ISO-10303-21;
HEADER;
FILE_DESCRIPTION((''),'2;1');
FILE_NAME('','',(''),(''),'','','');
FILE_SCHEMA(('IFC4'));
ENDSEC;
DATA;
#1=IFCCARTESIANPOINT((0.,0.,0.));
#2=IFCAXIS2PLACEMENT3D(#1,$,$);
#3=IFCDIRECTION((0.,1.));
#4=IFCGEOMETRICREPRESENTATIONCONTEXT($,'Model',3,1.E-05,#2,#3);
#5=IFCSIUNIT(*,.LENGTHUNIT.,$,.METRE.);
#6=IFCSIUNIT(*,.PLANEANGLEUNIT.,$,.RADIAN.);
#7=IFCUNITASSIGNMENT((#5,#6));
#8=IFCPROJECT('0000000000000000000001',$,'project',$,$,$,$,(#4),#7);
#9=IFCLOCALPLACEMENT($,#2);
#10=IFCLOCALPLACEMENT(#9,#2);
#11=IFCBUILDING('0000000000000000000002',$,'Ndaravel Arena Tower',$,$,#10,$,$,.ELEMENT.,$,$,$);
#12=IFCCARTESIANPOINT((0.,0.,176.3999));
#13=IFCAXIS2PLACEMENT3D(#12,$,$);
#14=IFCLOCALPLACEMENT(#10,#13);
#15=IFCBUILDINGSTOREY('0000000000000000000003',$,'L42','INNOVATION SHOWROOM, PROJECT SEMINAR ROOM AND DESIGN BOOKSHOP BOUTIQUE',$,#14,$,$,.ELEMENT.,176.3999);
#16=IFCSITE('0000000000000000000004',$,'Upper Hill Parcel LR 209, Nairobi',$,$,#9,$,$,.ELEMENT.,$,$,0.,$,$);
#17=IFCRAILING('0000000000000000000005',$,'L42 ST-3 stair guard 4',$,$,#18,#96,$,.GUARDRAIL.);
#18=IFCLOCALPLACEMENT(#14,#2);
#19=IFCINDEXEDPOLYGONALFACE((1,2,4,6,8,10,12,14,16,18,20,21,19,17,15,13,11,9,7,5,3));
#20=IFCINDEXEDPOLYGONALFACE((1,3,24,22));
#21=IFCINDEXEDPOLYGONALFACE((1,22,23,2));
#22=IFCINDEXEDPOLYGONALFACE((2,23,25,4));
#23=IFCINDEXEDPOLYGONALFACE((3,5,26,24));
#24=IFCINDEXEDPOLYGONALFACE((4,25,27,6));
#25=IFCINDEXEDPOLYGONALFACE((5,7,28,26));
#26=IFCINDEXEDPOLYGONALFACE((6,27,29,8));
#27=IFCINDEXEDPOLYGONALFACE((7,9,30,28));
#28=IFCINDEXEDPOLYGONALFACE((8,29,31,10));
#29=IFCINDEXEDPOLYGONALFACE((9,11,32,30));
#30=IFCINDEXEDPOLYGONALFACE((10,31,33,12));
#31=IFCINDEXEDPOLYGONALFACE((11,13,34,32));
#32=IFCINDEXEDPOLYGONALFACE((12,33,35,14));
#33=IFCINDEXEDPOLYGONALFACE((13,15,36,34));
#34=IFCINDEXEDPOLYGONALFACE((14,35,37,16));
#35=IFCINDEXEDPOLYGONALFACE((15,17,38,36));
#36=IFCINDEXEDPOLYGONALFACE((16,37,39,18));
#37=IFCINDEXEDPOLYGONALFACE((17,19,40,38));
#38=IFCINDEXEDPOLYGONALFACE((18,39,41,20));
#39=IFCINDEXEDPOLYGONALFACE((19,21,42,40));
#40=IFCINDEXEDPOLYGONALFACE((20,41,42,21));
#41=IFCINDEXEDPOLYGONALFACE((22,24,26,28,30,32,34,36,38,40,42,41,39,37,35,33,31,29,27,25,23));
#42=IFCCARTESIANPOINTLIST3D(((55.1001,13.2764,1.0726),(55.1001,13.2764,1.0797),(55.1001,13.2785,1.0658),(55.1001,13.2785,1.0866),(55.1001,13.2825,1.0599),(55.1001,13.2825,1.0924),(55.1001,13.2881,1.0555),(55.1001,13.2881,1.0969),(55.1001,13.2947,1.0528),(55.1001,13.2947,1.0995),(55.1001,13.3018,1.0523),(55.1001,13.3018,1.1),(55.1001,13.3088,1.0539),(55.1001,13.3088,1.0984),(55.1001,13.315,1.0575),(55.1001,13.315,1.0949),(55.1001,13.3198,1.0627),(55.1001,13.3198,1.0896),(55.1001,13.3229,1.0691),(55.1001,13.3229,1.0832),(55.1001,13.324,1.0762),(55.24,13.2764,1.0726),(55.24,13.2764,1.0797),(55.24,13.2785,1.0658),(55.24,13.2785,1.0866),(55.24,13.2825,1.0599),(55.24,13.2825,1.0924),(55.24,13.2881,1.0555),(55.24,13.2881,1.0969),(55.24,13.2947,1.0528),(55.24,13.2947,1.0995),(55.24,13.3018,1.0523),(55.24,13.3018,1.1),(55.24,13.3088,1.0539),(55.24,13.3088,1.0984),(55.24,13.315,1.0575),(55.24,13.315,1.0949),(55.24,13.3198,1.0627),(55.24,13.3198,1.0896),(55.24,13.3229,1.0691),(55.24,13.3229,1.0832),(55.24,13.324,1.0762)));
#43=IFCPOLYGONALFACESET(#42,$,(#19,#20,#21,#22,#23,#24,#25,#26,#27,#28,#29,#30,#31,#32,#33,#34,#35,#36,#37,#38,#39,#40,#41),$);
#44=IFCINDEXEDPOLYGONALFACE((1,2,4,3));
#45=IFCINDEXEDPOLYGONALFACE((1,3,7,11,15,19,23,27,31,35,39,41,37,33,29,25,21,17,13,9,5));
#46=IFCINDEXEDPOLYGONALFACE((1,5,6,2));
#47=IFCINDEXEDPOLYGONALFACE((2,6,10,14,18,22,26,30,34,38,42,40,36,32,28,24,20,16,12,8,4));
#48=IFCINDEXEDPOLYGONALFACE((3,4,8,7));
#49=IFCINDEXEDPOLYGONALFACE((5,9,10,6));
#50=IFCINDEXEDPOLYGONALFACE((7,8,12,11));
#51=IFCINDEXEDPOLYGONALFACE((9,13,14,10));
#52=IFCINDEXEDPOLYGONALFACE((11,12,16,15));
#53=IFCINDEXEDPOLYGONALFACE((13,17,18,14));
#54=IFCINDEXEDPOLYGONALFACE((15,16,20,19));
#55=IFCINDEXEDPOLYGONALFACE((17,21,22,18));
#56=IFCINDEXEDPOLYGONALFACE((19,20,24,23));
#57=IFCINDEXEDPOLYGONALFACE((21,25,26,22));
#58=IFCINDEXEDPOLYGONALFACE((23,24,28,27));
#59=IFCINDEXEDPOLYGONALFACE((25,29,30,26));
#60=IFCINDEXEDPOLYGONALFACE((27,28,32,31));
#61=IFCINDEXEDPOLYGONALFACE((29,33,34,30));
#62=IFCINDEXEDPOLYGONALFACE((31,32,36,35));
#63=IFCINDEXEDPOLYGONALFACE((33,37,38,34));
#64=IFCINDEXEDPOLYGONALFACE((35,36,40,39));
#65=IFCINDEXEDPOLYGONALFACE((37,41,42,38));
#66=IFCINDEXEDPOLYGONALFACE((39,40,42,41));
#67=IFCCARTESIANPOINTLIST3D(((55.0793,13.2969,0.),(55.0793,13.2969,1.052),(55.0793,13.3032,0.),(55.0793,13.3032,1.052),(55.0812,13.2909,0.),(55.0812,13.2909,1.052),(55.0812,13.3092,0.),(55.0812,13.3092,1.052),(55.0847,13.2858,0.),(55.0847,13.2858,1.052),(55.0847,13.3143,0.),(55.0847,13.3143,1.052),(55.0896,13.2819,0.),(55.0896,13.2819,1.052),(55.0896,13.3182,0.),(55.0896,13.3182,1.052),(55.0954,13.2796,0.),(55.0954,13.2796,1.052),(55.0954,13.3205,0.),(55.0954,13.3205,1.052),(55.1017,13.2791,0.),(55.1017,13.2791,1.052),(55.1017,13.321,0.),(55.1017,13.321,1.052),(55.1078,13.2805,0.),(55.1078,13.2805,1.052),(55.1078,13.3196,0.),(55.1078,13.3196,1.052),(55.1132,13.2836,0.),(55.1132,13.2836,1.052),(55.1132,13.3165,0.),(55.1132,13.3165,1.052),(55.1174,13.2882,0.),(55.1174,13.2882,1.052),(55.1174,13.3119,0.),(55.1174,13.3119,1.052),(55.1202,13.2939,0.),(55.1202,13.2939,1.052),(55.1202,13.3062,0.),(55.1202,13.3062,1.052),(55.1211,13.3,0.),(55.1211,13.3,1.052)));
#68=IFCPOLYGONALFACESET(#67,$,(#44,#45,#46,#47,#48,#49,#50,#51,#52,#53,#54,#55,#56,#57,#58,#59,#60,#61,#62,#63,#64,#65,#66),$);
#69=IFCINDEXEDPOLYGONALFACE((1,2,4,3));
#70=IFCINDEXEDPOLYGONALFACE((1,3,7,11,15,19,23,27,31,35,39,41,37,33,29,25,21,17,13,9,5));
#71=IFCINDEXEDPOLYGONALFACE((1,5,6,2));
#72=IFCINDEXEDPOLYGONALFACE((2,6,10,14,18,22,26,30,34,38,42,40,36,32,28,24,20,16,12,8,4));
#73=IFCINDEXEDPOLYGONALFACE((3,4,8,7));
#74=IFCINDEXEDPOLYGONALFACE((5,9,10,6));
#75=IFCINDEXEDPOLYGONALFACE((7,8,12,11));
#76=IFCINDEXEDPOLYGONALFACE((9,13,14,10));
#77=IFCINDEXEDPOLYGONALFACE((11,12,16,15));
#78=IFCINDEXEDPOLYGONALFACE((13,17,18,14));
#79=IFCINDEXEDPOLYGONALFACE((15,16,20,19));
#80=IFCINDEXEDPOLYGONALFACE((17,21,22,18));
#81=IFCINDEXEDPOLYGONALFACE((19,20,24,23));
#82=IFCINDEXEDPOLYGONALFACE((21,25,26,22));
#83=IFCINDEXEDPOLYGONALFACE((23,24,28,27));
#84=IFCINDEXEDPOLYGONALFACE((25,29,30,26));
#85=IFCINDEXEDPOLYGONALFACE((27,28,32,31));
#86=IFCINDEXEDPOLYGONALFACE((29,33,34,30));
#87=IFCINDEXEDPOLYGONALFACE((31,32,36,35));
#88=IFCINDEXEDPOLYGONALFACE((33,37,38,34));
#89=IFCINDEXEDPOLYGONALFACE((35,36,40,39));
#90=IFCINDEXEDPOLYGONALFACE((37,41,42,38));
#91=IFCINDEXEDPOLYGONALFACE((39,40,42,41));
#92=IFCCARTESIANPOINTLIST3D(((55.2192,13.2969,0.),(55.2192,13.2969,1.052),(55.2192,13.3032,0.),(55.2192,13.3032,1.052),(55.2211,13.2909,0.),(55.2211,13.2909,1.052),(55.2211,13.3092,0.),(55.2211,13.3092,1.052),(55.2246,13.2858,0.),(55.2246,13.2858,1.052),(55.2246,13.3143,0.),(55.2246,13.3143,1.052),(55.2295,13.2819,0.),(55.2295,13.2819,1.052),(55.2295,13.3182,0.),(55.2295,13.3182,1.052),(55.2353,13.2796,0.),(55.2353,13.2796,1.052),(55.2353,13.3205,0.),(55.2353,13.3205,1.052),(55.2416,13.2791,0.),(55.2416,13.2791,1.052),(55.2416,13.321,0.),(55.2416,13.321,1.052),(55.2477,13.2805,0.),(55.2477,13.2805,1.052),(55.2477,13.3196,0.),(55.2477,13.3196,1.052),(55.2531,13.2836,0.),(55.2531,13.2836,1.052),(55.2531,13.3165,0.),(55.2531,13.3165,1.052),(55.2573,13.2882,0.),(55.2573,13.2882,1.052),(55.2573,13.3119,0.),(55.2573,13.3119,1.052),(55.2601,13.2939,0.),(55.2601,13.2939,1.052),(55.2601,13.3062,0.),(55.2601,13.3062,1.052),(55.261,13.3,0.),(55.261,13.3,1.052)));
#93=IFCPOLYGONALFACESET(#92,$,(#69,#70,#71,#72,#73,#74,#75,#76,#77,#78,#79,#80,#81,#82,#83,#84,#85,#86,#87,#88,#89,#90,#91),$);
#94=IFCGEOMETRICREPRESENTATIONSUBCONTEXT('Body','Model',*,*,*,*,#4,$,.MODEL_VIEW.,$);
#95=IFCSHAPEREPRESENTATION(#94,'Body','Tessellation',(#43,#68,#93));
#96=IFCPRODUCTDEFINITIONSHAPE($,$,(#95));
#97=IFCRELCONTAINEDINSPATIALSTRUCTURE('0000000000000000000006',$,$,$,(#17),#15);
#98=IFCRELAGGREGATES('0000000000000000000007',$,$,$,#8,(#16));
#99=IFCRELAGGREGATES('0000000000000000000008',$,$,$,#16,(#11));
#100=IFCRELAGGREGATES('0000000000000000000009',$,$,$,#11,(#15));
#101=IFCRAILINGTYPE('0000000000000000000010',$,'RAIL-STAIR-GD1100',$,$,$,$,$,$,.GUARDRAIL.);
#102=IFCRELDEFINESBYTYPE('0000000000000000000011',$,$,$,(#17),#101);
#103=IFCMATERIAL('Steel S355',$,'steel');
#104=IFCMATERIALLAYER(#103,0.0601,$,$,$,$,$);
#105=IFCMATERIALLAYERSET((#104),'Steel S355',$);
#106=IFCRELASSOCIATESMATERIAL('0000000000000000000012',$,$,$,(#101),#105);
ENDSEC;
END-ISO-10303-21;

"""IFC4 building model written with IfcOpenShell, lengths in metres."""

from ifc_helpers import new_model, si_unit, direction, frame, origin, origin_2d, place, context, subcontext, project, spatial, circle, extrude, material, layer, layer_set, type_object, element, save


model = new_model("IFC4")

# Units and contexts
model_context = context("Model", 3, precision=1e-05, world=origin(), true_north=direction((0.0, 1.0)))
body_context = subcontext(model_context, "Body", "Model", "MODEL_VIEW")
ifc_project = project(units=[si_unit("LENGTHUNIT", "METRE"), si_unit("PLANEANGLEUNIT", "RADIAN")], contexts=[model_context])

# Site, building, storey
site_placement = place(None, origin())
site = spatial("IfcSite", under=ifc_project, at=site_placement, Name="Upper Hill Parcel LR 209, Nairobi", CompositionType="ELEMENT", RefElevation=0.0)
building_placement = place(site_placement, origin())
building = spatial("IfcBuilding", under=site, at=building_placement, Name="Ndaravel Arena Tower", CompositionType="ELEMENT")
storey_placement = place(building_placement, frame((0.0, 0.0, 176.3999)))
storey = spatial("IfcBuildingStorey", under=building, at=storey_placement, Name="L42", Description="INNOVATION SHOWROOM, PROJECT SEMINAR ROOM AND DESIGN BOOKSHOP BOUTIQUE", CompositionType="ELEMENT", Elevation=176.3999)

# Railing
ifc_material_1 = material(Name="Steel S355", Category="steel")
ifc_layer_1 = layer(ifc_material_1, 0.0601)
ifc_layer_set_1 = layer_set([ifc_layer_1], Name="Steel S355")
railing_type_1 = type_object("IfcRailingType", Name="RAIL-STAIR-GD1100", PredefinedType="GUARDRAIL", material=ifc_layer_set_1)
railing_1_placement = place(storey_placement, frame((55.1001, 13.3, 0.0)))
element("IfcRailing", 1, at=railing_1_placement, inside=storey, type_object=railing_type_1, Name="L42 ST-3 stair guard 4", PredefinedType="GUARDRAIL", context=body_context, shape_type="SweptSolid", body=[
    extrude(circle(Radius=0.0239, at=origin_2d()), frame((0.0, 0.0, 1.0762), z_axis=(1.0, 0.0, 0.0), x_axis=(0.0, 1.0, 0.0)), (0.0, 0.0, 1.0), 0.1399),
    extrude(circle(Radius=0.021, at=origin_2d()), origin(), (0.0, 0.0, 1.0), 1.052),
    extrude(circle(Radius=0.021, at=origin_2d()), frame((0.1399, 0.0, 0.0)), (0.0, 0.0, 1.0), 1.052),
])

save(model, "model.ifc")
